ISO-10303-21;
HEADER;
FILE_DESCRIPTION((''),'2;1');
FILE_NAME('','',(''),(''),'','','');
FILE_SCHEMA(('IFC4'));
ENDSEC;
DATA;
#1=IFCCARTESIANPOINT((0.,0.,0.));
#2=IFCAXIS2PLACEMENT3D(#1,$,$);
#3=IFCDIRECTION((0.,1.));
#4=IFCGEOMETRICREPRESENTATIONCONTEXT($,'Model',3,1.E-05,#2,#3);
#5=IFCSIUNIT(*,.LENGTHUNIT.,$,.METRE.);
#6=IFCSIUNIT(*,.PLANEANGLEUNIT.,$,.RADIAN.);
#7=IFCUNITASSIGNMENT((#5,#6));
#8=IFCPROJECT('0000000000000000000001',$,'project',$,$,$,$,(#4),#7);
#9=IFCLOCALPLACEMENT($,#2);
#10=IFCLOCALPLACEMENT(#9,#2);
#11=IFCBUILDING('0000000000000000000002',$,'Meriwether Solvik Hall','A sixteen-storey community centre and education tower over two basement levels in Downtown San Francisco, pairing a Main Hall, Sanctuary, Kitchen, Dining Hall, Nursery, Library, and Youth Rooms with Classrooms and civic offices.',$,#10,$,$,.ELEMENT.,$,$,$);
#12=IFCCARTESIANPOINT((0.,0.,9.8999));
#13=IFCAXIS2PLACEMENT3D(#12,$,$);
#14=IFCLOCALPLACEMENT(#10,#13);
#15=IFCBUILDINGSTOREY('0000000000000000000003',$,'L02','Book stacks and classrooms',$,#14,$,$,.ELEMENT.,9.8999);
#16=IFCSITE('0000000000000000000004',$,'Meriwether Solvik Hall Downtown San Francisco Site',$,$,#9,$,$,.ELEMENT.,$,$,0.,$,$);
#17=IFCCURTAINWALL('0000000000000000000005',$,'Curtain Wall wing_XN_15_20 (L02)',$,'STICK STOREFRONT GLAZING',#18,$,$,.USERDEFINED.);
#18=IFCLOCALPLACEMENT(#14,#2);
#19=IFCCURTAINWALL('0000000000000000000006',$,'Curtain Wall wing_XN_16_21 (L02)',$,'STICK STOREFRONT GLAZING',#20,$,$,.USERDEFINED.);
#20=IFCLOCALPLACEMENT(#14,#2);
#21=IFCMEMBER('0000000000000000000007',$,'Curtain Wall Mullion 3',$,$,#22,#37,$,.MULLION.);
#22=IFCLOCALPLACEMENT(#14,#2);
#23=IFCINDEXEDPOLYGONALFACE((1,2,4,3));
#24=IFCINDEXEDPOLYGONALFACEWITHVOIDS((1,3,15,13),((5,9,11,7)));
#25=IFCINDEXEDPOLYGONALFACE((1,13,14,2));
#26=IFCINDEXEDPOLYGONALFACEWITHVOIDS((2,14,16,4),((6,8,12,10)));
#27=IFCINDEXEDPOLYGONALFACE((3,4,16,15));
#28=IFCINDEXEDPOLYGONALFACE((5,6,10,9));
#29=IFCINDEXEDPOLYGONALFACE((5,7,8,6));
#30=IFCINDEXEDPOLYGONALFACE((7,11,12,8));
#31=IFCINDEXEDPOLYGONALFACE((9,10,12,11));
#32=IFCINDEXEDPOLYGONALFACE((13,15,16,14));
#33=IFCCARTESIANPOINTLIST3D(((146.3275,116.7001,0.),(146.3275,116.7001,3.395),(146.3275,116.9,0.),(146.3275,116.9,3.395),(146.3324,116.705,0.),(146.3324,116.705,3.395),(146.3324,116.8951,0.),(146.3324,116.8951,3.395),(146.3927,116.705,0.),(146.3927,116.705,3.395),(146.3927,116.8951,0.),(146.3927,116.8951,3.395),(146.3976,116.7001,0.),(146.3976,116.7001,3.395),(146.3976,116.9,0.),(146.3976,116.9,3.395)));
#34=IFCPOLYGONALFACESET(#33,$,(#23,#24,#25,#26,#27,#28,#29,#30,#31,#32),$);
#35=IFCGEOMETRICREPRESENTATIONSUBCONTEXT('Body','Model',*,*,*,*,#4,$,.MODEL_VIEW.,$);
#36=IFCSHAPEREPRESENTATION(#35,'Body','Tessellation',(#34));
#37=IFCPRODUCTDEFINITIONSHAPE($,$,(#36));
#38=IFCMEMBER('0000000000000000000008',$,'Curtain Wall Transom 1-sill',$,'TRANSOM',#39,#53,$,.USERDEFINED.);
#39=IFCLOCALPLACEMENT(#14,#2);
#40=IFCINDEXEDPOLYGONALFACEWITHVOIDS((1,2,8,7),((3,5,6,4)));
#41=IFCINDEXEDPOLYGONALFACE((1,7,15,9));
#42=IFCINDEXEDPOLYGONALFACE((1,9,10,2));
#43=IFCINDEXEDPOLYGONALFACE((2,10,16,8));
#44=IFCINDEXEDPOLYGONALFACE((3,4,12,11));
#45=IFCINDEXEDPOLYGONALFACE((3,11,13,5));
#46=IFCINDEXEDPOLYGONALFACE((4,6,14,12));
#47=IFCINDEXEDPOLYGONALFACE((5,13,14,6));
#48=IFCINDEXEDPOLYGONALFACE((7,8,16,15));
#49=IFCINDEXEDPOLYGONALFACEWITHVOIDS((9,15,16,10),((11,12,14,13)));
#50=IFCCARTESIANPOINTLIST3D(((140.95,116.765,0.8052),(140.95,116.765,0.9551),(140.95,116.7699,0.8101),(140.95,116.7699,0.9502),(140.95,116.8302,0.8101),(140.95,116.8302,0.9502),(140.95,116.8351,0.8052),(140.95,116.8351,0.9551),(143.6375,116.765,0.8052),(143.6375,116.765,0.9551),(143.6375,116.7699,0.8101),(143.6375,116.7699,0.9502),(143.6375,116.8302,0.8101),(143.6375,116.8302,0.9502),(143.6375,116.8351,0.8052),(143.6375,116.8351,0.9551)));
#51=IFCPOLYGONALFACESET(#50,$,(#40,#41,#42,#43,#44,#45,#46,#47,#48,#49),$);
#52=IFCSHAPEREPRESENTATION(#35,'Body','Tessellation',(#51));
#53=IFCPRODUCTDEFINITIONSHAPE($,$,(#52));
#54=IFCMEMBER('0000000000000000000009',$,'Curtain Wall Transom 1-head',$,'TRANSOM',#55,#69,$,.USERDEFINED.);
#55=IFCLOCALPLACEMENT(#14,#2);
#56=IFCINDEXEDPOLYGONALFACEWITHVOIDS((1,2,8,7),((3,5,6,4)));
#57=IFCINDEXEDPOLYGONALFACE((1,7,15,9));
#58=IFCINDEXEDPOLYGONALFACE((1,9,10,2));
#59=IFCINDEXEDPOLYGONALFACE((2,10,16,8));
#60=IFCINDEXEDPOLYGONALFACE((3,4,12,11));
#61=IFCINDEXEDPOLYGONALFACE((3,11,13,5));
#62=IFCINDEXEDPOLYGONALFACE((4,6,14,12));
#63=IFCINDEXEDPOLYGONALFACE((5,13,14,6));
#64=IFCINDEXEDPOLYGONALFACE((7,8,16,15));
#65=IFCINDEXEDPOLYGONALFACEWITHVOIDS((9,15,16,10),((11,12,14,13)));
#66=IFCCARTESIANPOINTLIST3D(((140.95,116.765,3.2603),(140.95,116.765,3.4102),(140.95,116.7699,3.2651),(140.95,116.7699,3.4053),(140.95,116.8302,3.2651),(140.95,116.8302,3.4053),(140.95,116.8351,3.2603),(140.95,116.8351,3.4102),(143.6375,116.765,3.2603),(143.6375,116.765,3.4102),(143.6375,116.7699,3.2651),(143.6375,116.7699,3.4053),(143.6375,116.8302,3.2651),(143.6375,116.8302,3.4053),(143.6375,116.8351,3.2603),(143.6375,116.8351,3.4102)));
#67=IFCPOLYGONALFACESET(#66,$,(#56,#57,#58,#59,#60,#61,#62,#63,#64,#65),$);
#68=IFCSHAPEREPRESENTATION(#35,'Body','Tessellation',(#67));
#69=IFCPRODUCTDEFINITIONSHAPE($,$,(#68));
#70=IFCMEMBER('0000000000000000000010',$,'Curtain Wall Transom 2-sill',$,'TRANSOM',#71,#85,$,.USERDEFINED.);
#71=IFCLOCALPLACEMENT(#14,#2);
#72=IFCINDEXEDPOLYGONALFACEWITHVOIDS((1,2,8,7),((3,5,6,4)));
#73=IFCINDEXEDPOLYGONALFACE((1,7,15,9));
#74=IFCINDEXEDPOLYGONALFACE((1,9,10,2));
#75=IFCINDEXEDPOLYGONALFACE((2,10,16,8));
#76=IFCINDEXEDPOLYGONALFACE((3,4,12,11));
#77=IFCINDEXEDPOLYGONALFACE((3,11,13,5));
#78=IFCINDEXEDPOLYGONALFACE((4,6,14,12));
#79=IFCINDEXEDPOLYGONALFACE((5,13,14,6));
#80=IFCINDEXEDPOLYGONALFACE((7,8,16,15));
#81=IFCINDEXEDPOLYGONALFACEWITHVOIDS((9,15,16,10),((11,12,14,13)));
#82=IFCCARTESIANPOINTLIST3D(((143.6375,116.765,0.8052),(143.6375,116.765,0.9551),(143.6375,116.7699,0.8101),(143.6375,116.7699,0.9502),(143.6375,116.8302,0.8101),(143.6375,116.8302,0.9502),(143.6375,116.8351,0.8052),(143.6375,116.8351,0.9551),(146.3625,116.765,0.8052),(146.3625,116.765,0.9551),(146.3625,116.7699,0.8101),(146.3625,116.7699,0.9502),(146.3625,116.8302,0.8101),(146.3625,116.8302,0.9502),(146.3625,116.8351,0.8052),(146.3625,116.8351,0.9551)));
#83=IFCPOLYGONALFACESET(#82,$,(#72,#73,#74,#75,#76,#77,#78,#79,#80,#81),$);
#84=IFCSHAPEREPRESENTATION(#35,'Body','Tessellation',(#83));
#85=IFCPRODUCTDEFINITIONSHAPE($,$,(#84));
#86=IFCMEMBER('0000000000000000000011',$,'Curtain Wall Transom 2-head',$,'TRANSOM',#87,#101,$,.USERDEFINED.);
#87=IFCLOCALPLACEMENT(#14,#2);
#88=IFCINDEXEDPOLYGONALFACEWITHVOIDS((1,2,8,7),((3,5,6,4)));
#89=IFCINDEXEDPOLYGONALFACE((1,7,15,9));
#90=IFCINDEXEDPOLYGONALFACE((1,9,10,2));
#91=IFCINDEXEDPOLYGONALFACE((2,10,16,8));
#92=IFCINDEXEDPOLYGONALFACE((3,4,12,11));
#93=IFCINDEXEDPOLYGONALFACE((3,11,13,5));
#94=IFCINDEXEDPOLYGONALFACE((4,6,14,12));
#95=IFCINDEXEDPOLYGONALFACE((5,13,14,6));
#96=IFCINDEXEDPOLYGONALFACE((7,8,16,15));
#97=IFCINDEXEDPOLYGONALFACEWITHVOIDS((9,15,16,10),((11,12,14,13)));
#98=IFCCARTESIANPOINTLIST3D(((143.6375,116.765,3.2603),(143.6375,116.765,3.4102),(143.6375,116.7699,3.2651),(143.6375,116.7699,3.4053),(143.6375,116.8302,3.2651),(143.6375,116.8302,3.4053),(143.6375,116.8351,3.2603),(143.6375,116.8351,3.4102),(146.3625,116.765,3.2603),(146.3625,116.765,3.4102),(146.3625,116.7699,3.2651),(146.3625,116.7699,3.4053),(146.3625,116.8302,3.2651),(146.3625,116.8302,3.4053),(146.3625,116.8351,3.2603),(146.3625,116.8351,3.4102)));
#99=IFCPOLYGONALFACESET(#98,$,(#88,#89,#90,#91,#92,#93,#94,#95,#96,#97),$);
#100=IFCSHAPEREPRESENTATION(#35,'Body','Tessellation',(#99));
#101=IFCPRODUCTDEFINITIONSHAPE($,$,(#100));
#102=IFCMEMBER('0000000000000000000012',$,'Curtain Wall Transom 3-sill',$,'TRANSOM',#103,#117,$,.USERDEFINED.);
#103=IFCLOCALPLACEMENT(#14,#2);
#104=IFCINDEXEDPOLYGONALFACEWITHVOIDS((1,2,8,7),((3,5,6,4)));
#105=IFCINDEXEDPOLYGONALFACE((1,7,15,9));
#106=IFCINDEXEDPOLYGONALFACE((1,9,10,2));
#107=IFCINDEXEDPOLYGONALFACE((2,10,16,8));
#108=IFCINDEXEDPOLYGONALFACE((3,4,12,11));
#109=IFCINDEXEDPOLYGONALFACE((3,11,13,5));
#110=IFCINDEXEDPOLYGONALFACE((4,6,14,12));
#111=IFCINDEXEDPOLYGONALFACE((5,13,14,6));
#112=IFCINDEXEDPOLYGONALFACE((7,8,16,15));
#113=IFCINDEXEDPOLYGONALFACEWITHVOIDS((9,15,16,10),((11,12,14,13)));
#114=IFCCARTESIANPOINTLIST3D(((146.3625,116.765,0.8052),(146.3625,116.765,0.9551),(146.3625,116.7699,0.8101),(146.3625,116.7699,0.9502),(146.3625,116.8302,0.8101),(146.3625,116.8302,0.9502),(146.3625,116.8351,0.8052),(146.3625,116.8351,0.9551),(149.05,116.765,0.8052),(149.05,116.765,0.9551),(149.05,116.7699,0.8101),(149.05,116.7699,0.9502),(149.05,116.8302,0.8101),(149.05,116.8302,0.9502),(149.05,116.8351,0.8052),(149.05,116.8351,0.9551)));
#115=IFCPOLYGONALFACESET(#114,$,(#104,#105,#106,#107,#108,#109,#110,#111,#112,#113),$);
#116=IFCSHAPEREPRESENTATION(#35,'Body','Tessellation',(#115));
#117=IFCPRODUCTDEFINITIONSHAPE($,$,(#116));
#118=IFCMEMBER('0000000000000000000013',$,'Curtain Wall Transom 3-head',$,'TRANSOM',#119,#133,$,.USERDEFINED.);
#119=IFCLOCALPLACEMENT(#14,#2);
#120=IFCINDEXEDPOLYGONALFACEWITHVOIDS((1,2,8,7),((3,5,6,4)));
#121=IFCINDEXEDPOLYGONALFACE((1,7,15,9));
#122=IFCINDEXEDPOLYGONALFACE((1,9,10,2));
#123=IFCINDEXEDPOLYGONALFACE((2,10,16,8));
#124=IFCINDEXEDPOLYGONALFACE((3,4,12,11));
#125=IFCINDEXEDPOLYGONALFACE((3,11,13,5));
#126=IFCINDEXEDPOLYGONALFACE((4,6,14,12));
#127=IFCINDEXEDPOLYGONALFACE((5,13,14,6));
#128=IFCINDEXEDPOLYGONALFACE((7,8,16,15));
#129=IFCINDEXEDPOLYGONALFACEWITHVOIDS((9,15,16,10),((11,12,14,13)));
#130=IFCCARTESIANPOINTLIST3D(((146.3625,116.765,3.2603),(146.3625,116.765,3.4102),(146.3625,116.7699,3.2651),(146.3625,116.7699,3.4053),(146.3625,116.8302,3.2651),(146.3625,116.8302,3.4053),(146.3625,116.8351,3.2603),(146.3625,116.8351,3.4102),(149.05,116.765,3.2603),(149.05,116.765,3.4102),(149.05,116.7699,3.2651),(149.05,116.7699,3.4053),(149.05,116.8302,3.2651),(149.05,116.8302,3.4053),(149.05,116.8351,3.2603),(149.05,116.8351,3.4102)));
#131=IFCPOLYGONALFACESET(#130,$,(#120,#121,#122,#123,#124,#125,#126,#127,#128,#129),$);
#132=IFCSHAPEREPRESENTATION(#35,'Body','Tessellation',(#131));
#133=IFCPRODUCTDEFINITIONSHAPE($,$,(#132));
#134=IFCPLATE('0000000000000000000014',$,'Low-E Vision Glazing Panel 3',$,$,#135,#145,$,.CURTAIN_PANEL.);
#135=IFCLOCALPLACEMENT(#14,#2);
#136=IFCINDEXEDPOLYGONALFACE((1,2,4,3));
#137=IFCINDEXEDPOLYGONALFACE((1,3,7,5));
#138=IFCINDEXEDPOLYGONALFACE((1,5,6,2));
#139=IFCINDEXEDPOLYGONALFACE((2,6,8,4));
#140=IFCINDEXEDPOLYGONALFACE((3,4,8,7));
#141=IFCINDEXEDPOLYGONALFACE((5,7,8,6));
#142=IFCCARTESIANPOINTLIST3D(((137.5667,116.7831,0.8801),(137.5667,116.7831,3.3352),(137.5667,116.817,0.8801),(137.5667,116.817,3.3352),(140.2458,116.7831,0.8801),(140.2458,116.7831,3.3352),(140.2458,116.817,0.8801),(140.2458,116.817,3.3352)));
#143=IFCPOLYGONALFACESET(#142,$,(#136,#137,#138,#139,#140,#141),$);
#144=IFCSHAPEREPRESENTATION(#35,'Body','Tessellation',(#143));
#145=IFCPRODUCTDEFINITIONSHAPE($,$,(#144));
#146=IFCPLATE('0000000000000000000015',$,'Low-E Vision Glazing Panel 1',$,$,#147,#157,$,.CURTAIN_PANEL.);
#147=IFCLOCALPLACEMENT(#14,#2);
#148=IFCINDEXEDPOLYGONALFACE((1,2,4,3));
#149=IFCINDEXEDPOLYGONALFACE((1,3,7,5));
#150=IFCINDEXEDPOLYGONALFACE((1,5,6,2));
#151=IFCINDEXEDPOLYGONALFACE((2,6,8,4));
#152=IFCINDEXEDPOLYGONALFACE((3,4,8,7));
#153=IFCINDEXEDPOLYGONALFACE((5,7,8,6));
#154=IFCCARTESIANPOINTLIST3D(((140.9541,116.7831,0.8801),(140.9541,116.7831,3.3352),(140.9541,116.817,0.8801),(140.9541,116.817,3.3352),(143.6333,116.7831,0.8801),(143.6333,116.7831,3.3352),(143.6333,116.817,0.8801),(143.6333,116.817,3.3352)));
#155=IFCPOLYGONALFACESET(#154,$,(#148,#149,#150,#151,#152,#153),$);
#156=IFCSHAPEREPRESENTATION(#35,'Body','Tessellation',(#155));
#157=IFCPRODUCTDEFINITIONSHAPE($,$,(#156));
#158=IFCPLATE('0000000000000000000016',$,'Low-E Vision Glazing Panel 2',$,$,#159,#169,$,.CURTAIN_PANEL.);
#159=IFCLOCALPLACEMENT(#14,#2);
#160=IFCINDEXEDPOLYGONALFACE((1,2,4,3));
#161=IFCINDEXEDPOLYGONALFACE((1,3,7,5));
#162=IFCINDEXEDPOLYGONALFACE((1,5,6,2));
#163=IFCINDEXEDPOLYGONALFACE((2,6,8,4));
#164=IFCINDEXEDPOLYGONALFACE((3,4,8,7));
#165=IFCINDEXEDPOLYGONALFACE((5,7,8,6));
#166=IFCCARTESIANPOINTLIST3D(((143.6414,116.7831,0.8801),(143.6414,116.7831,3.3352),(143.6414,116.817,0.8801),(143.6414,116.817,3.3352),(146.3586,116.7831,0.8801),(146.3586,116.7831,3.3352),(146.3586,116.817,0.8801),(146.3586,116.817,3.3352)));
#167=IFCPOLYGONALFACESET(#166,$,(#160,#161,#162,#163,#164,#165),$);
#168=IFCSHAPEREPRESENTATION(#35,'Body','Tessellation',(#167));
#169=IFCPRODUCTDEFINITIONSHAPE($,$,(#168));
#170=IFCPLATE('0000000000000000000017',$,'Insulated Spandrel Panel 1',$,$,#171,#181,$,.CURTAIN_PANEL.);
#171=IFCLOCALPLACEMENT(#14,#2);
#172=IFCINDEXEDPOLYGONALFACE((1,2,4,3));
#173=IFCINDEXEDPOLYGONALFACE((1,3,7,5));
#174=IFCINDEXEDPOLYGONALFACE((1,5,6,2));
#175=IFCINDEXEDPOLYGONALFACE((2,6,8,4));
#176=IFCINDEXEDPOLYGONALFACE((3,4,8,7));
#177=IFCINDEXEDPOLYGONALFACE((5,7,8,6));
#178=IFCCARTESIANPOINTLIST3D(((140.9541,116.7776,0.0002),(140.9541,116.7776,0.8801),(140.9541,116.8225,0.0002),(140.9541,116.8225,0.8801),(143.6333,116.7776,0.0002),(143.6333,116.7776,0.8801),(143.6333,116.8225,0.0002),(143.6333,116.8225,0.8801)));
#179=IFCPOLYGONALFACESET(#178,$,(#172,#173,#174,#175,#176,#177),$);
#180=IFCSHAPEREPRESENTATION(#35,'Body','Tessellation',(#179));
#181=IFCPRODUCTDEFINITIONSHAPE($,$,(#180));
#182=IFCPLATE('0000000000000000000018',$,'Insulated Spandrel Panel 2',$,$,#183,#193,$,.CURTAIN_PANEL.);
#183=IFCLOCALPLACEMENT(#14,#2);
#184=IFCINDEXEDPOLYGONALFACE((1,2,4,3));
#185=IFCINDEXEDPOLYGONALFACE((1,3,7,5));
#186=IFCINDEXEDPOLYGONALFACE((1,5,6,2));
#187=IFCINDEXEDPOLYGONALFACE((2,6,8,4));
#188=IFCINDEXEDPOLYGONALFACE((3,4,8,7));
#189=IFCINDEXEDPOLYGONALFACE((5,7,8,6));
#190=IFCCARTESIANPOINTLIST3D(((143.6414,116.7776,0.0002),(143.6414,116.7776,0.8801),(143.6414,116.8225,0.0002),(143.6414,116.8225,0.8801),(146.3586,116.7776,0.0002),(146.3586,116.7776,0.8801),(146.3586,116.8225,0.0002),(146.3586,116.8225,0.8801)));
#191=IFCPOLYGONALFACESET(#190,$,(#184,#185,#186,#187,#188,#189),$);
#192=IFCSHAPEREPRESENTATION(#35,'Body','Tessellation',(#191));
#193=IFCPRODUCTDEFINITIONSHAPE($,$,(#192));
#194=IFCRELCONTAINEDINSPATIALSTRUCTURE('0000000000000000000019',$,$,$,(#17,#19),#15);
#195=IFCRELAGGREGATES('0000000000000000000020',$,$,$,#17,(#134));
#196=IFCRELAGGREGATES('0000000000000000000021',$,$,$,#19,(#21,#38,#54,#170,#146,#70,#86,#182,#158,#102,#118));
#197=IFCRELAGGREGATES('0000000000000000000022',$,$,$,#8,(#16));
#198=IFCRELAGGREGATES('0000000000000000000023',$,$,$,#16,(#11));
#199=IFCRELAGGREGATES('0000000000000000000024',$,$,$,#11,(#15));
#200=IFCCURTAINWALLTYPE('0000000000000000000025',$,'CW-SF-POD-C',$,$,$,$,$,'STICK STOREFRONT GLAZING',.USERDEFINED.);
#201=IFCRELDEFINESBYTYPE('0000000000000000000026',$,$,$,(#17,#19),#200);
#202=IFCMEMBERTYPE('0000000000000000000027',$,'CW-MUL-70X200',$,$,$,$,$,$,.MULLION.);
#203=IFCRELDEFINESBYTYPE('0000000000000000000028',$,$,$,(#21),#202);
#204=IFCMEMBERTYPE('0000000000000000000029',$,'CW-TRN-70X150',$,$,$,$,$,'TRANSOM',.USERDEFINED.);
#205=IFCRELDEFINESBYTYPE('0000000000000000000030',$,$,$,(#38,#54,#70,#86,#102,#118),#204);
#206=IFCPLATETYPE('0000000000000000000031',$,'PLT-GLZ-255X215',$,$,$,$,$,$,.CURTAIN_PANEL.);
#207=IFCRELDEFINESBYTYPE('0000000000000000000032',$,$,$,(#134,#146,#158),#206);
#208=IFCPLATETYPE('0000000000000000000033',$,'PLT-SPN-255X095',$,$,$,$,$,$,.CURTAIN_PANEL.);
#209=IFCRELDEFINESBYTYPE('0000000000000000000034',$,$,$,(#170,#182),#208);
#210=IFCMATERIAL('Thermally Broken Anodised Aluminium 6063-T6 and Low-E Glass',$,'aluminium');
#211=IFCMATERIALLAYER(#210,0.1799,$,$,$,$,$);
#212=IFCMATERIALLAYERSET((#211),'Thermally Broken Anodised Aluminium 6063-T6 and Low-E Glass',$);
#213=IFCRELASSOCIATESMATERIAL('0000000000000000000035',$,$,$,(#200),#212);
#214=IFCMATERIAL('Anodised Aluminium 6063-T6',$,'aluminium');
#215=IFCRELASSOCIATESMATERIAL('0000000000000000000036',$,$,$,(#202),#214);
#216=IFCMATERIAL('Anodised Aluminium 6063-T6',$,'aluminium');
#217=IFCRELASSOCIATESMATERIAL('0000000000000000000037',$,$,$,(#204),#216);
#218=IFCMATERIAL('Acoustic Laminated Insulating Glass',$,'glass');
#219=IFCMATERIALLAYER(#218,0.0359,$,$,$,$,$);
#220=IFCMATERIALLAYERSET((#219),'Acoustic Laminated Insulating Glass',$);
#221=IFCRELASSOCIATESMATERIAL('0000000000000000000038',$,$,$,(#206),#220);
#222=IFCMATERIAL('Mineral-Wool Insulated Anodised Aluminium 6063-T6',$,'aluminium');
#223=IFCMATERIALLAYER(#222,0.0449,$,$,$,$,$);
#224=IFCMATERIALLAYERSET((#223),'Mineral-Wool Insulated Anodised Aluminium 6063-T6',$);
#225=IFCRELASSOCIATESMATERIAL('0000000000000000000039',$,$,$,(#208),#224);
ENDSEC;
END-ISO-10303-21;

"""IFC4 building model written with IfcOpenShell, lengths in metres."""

from ifc_helpers import new_model, si_unit, direction, frame, origin, origin_2d, place, context, subcontext, project, spatial, rectangle, hollow_rectangle, extrude, material, layer, layer_set, material_profile, profile_set, type_object, element, aggregate, save


model = new_model("IFC4")

# Units and contexts
model_context = context("Model", 3, precision=1e-05, world=origin(), true_north=direction((0.0, 1.0)))
body_context = subcontext(model_context, "Body", "Model", "MODEL_VIEW")
ifc_project = project(units=[si_unit("LENGTHUNIT", "METRE"), si_unit("PLANEANGLEUNIT", "RADIAN")], contexts=[model_context])

# Site, building, storey
site_placement = place(None, origin())
site = spatial("IfcSite", under=ifc_project, at=site_placement, Name="Meriwether Solvik Hall Downtown San Francisco Site", CompositionType="ELEMENT", RefElevation=0.0)
building_placement = place(site_placement, origin())
building = spatial("IfcBuilding", under=site, at=building_placement, Name="Meriwether Solvik Hall", Description="A sixteen-storey community centre and education tower over two basement levels in Downtown San Francisco, pairing a Main Hall, Sanctuary, Kitchen, Dining Hall, Nursery, Library, and Youth Rooms with Classrooms and civic offices.", CompositionType="ELEMENT")
storey_placement = place(building_placement, frame((0.0, 0.0, 9.8999)))
storey = spatial("IfcBuildingStorey", under=building, at=storey_placement, Name="L02", Description="Book stacks and classrooms", CompositionType="ELEMENT", Elevation=9.8999)

# Curtain wall
ifc_material_1 = material(Name="Thermally Broken Anodised Aluminium 6063-T6 and Low-E Glass", Category="aluminium")
ifc_layer_1 = layer(ifc_material_1, 0.1799)
ifc_layer_set_1 = layer_set([ifc_layer_1], Name="Thermally Broken Anodised Aluminium 6063-T6 and Low-E Glass")
curtain_wall_type = type_object("IfcCurtainWallType", Name="CW-SF-POD-C", ElementType="STICK STOREFRONT GLAZING", PredefinedType="USERDEFINED", material=ifc_layer_set_1)
curtain_wall_1_placement = place(storey_placement, origin())
curtain_wall_1 = element("IfcCurtainWall", 1, at=curtain_wall_1_placement, inside=storey, type_object=curtain_wall_type, Name="Curtain Wall wing_XN_15_20 (L02)", ObjectType="STICK STOREFRONT GLAZING", PredefinedType="USERDEFINED")
ifc_material_2 = material(Name="Anodised Aluminium 6063-T6", Category="aluminium")
ifc_material_profile_1 = material_profile(ifc_material_2, hollow_rectangle(XDim=0.0701, YDim=0.2, WallThickness=0.0049, at=origin_2d()), Name="CWM-70X200")
ifc_profile_set_1 = profile_set([ifc_material_profile_1], Name="Anodised Aluminium 6063-T6")
member_type_1 = type_object("IfcMemberType", Name="CW-MUL-70X200", PredefinedType="MULLION", material=ifc_profile_set_1)

# Curtain wall, members
curtain_wall_2_placement = place(storey_placement, origin())
curtain_wall_2 = element("IfcCurtainWall", 2, at=curtain_wall_2_placement, inside=storey, type_object=curtain_wall_type, Name="Curtain Wall wing_XN_16_21 (L02)", ObjectType="STICK STOREFRONT GLAZING", PredefinedType="USERDEFINED")
member_1_placement = place(storey_placement, frame((146.3625, 116.8, 0.0), z_axis=(0.0, 0.0, 1.0), x_axis=(1.0, 0.0, 0.0)))
member_1 = element("IfcMember", 3, at=member_1_placement, type_object=member_type_1, Name="Curtain Wall Mullion 3", PredefinedType="MULLION", context=body_context, shape_type="SweptSolid", body=[
    extrude(hollow_rectangle(XDim=0.0701, YDim=0.2, WallThickness=0.0049, at=origin_2d()), origin(), (0.0, 0.0, 1.0), 3.395),
])
ifc_material_3 = material(Name="Anodised Aluminium 6063-T6", Category="aluminium")
ifc_material_profile_2 = material_profile(ifc_material_3, hollow_rectangle(XDim=0.0701, YDim=0.1499, WallThickness=0.0049, at=origin_2d()), Name="CWT-70X150")
ifc_profile_set_2 = profile_set([ifc_material_profile_2], Name="Anodised Aluminium 6063-T6")
member_type_2 = type_object("IfcMemberType", Name="CW-TRN-70X150", ElementType="TRANSOM", PredefinedType="USERDEFINED", material=ifc_profile_set_2)
member_2_placement = place(storey_placement, frame((140.95, 116.8, 0.8801), z_axis=(1.0, 0.0, 0.0), x_axis=(0.0, 1.0, 0.0)))
member_2 = element("IfcMember", 4, at=member_2_placement, type_object=member_type_2, Name="Curtain Wall Transom 1-sill", ObjectType="TRANSOM", PredefinedType="USERDEFINED", context=body_context, shape_type="SweptSolid", body=[
    extrude(hollow_rectangle(XDim=0.0701, YDim=0.1499, WallThickness=0.0049, at=origin_2d()), origin(), (0.0, 0.0, 1.0), 2.6875),
])
member_3_placement = place(storey_placement, frame((140.95, 116.8, 3.3352), z_axis=(1.0, 0.0, 0.0), x_axis=(0.0, 1.0, 0.0)))
member_3 = element("IfcMember", 5, at=member_3_placement, type_object=member_type_2, Name="Curtain Wall Transom 1-head", ObjectType="TRANSOM", PredefinedType="USERDEFINED", context=body_context, shape_type="SweptSolid", body=[
    extrude(hollow_rectangle(XDim=0.0701, YDim=0.1499, WallThickness=0.0049, at=origin_2d()), origin(), (0.0, 0.0, 1.0), 2.6875),
])
member_4_placement = place(storey_placement, frame((143.6375, 116.8, 0.8801), z_axis=(1.0, 0.0, 0.0), x_axis=(0.0, 1.0, 0.0)))
member_4 = element("IfcMember", 6, at=member_4_placement, type_object=member_type_2, Name="Curtain Wall Transom 2-sill", ObjectType="TRANSOM", PredefinedType="USERDEFINED", context=body_context, shape_type="SweptSolid", body=[
    extrude(hollow_rectangle(XDim=0.0701, YDim=0.1499, WallThickness=0.0049, at=origin_2d()), origin(), (0.0, 0.0, 1.0), 2.7251),
])
member_5_placement = place(storey_placement, frame((143.6375, 116.8, 3.3352), z_axis=(1.0, 0.0, 0.0), x_axis=(0.0, 1.0, 0.0)))
member_5 = element("IfcMember", 7, at=member_5_placement, type_object=member_type_2, Name="Curtain Wall Transom 2-head", ObjectType="TRANSOM", PredefinedType="USERDEFINED", context=body_context, shape_type="SweptSolid", body=[
    extrude(hollow_rectangle(XDim=0.0701, YDim=0.1499, WallThickness=0.0049, at=origin_2d()), origin(), (0.0, 0.0, 1.0), 2.7251),
])
member_6_placement = place(storey_placement, frame((146.3625, 116.8, 0.8801), z_axis=(1.0, 0.0, 0.0), x_axis=(0.0, 1.0, 0.0)))
member_6 = element("IfcMember", 8, at=member_6_placement, type_object=member_type_2, Name="Curtain Wall Transom 3-sill", ObjectType="TRANSOM", PredefinedType="USERDEFINED", context=body_context, shape_type="SweptSolid", body=[
    extrude(hollow_rectangle(XDim=0.0701, YDim=0.1499, WallThickness=0.0049, at=origin_2d()), origin(), (0.0, 0.0, 1.0), 2.6875),
])
member_7_placement = place(storey_placement, frame((146.3625, 116.8, 3.3352), z_axis=(1.0, 0.0, 0.0), x_axis=(0.0, 1.0, 0.0)))
member_7 = element("IfcMember", 9, at=member_7_placement, type_object=member_type_2, Name="Curtain Wall Transom 3-head", ObjectType="TRANSOM", PredefinedType="USERDEFINED", context=body_context, shape_type="SweptSolid", body=[
    extrude(hollow_rectangle(XDim=0.0701, YDim=0.1499, WallThickness=0.0049, at=origin_2d()), origin(), (0.0, 0.0, 1.0), 2.6875),
])

# Plates
ifc_material_4 = material(Name="Acoustic Laminated Insulating Glass", Category="glass")
ifc_layer_2 = layer(ifc_material_4, 0.0359)
ifc_layer_set_2 = layer_set([ifc_layer_2], Name="Acoustic Laminated Insulating Glass")
plate_type_1 = type_object("IfcPlateType", Name="PLT-GLZ-255X215", PredefinedType="CURTAIN_PANEL", material=ifc_layer_set_2)
plate_1_placement = place(storey_placement, frame((138.9062, 116.8, 0.8801), z_axis=(0.0, 0.0, 1.0), x_axis=(1.0, 0.0, 0.0)))
plate_1 = element("IfcPlate", 10, at=plate_1_placement, type_object=plate_type_1, Name="Low-E Vision Glazing Panel 3", PredefinedType="CURTAIN_PANEL", context=body_context, shape_type="SweptSolid", body=[
    extrude(rectangle(XDim=2.6792, YDim=0.0339, at=origin_2d()), origin(), (0.0, 0.0, 1.0), 2.4551),
])
aggregate(curtain_wall_1, [plate_1])
plate_2_placement = place(storey_placement, frame((142.2937, 116.8, 0.8801), z_axis=(0.0, 0.0, 1.0), x_axis=(1.0, 0.0, 0.0)))
plate_2 = element("IfcPlate", 11, at=plate_2_placement, type_object=plate_type_1, Name="Low-E Vision Glazing Panel 1", PredefinedType="CURTAIN_PANEL", context=body_context, shape_type="SweptSolid", body=[
    extrude(rectangle(XDim=2.6792, YDim=0.0339, at=origin_2d()), origin(), (0.0, 0.0, 1.0), 2.4551),
])
plate_3_placement = place(storey_placement, frame((145.0, 116.8, 0.8801), z_axis=(0.0, 0.0, 1.0), x_axis=(1.0, 0.0, 0.0)))
plate_3 = element("IfcPlate", 12, at=plate_3_placement, type_object=plate_type_1, Name="Low-E Vision Glazing Panel 2", PredefinedType="CURTAIN_PANEL", context=body_context, shape_type="SweptSolid", body=[
    extrude(rectangle(XDim=2.7173, YDim=0.0339, at=origin_2d()), origin(), (0.0, 0.0, 1.0), 2.4551),
])
ifc_material_5 = material(Name="Mineral-Wool Insulated Anodised Aluminium 6063-T6", Category="aluminium")
ifc_layer_3 = layer(ifc_material_5, 0.0449)
ifc_layer_set_3 = layer_set([ifc_layer_3], Name="Mineral-Wool Insulated Anodised Aluminium 6063-T6")
plate_type_2 = type_object("IfcPlateType", Name="PLT-SPN-255X095", PredefinedType="CURTAIN_PANEL", material=ifc_layer_set_3)
plate_4_placement = place(storey_placement, frame((142.2937, 116.8, 0.0002), z_axis=(0.0, 0.0, 1.0), x_axis=(1.0, 0.0, 0.0)))
plate_4 = element("IfcPlate", 13, at=plate_4_placement, type_object=plate_type_2, Name="Insulated Spandrel Panel 1", PredefinedType="CURTAIN_PANEL", context=body_context, shape_type="SweptSolid", body=[
    extrude(rectangle(XDim=2.6792, YDim=0.0449, at=origin_2d()), origin(), (0.0, 0.0, 1.0), 0.8799),
])
plate_5_placement = place(storey_placement, frame((145.0, 116.8, 0.0002), z_axis=(0.0, 0.0, 1.0), x_axis=(1.0, 0.0, 0.0)))
plate_5 = element("IfcPlate", 14, at=plate_5_placement, type_object=plate_type_2, Name="Insulated Spandrel Panel 2", PredefinedType="CURTAIN_PANEL", context=body_context, shape_type="SweptSolid", body=[
    extrude(rectangle(XDim=2.7173, YDim=0.0449, at=origin_2d()), origin(), (0.0, 0.0, 1.0), 0.8799),
])
aggregate(curtain_wall_2, [member_1, member_2, member_3, plate_4, plate_2, member_4, member_5, plate_5, plate_3, member_6, member_7])

save(model, "model.ifc")
